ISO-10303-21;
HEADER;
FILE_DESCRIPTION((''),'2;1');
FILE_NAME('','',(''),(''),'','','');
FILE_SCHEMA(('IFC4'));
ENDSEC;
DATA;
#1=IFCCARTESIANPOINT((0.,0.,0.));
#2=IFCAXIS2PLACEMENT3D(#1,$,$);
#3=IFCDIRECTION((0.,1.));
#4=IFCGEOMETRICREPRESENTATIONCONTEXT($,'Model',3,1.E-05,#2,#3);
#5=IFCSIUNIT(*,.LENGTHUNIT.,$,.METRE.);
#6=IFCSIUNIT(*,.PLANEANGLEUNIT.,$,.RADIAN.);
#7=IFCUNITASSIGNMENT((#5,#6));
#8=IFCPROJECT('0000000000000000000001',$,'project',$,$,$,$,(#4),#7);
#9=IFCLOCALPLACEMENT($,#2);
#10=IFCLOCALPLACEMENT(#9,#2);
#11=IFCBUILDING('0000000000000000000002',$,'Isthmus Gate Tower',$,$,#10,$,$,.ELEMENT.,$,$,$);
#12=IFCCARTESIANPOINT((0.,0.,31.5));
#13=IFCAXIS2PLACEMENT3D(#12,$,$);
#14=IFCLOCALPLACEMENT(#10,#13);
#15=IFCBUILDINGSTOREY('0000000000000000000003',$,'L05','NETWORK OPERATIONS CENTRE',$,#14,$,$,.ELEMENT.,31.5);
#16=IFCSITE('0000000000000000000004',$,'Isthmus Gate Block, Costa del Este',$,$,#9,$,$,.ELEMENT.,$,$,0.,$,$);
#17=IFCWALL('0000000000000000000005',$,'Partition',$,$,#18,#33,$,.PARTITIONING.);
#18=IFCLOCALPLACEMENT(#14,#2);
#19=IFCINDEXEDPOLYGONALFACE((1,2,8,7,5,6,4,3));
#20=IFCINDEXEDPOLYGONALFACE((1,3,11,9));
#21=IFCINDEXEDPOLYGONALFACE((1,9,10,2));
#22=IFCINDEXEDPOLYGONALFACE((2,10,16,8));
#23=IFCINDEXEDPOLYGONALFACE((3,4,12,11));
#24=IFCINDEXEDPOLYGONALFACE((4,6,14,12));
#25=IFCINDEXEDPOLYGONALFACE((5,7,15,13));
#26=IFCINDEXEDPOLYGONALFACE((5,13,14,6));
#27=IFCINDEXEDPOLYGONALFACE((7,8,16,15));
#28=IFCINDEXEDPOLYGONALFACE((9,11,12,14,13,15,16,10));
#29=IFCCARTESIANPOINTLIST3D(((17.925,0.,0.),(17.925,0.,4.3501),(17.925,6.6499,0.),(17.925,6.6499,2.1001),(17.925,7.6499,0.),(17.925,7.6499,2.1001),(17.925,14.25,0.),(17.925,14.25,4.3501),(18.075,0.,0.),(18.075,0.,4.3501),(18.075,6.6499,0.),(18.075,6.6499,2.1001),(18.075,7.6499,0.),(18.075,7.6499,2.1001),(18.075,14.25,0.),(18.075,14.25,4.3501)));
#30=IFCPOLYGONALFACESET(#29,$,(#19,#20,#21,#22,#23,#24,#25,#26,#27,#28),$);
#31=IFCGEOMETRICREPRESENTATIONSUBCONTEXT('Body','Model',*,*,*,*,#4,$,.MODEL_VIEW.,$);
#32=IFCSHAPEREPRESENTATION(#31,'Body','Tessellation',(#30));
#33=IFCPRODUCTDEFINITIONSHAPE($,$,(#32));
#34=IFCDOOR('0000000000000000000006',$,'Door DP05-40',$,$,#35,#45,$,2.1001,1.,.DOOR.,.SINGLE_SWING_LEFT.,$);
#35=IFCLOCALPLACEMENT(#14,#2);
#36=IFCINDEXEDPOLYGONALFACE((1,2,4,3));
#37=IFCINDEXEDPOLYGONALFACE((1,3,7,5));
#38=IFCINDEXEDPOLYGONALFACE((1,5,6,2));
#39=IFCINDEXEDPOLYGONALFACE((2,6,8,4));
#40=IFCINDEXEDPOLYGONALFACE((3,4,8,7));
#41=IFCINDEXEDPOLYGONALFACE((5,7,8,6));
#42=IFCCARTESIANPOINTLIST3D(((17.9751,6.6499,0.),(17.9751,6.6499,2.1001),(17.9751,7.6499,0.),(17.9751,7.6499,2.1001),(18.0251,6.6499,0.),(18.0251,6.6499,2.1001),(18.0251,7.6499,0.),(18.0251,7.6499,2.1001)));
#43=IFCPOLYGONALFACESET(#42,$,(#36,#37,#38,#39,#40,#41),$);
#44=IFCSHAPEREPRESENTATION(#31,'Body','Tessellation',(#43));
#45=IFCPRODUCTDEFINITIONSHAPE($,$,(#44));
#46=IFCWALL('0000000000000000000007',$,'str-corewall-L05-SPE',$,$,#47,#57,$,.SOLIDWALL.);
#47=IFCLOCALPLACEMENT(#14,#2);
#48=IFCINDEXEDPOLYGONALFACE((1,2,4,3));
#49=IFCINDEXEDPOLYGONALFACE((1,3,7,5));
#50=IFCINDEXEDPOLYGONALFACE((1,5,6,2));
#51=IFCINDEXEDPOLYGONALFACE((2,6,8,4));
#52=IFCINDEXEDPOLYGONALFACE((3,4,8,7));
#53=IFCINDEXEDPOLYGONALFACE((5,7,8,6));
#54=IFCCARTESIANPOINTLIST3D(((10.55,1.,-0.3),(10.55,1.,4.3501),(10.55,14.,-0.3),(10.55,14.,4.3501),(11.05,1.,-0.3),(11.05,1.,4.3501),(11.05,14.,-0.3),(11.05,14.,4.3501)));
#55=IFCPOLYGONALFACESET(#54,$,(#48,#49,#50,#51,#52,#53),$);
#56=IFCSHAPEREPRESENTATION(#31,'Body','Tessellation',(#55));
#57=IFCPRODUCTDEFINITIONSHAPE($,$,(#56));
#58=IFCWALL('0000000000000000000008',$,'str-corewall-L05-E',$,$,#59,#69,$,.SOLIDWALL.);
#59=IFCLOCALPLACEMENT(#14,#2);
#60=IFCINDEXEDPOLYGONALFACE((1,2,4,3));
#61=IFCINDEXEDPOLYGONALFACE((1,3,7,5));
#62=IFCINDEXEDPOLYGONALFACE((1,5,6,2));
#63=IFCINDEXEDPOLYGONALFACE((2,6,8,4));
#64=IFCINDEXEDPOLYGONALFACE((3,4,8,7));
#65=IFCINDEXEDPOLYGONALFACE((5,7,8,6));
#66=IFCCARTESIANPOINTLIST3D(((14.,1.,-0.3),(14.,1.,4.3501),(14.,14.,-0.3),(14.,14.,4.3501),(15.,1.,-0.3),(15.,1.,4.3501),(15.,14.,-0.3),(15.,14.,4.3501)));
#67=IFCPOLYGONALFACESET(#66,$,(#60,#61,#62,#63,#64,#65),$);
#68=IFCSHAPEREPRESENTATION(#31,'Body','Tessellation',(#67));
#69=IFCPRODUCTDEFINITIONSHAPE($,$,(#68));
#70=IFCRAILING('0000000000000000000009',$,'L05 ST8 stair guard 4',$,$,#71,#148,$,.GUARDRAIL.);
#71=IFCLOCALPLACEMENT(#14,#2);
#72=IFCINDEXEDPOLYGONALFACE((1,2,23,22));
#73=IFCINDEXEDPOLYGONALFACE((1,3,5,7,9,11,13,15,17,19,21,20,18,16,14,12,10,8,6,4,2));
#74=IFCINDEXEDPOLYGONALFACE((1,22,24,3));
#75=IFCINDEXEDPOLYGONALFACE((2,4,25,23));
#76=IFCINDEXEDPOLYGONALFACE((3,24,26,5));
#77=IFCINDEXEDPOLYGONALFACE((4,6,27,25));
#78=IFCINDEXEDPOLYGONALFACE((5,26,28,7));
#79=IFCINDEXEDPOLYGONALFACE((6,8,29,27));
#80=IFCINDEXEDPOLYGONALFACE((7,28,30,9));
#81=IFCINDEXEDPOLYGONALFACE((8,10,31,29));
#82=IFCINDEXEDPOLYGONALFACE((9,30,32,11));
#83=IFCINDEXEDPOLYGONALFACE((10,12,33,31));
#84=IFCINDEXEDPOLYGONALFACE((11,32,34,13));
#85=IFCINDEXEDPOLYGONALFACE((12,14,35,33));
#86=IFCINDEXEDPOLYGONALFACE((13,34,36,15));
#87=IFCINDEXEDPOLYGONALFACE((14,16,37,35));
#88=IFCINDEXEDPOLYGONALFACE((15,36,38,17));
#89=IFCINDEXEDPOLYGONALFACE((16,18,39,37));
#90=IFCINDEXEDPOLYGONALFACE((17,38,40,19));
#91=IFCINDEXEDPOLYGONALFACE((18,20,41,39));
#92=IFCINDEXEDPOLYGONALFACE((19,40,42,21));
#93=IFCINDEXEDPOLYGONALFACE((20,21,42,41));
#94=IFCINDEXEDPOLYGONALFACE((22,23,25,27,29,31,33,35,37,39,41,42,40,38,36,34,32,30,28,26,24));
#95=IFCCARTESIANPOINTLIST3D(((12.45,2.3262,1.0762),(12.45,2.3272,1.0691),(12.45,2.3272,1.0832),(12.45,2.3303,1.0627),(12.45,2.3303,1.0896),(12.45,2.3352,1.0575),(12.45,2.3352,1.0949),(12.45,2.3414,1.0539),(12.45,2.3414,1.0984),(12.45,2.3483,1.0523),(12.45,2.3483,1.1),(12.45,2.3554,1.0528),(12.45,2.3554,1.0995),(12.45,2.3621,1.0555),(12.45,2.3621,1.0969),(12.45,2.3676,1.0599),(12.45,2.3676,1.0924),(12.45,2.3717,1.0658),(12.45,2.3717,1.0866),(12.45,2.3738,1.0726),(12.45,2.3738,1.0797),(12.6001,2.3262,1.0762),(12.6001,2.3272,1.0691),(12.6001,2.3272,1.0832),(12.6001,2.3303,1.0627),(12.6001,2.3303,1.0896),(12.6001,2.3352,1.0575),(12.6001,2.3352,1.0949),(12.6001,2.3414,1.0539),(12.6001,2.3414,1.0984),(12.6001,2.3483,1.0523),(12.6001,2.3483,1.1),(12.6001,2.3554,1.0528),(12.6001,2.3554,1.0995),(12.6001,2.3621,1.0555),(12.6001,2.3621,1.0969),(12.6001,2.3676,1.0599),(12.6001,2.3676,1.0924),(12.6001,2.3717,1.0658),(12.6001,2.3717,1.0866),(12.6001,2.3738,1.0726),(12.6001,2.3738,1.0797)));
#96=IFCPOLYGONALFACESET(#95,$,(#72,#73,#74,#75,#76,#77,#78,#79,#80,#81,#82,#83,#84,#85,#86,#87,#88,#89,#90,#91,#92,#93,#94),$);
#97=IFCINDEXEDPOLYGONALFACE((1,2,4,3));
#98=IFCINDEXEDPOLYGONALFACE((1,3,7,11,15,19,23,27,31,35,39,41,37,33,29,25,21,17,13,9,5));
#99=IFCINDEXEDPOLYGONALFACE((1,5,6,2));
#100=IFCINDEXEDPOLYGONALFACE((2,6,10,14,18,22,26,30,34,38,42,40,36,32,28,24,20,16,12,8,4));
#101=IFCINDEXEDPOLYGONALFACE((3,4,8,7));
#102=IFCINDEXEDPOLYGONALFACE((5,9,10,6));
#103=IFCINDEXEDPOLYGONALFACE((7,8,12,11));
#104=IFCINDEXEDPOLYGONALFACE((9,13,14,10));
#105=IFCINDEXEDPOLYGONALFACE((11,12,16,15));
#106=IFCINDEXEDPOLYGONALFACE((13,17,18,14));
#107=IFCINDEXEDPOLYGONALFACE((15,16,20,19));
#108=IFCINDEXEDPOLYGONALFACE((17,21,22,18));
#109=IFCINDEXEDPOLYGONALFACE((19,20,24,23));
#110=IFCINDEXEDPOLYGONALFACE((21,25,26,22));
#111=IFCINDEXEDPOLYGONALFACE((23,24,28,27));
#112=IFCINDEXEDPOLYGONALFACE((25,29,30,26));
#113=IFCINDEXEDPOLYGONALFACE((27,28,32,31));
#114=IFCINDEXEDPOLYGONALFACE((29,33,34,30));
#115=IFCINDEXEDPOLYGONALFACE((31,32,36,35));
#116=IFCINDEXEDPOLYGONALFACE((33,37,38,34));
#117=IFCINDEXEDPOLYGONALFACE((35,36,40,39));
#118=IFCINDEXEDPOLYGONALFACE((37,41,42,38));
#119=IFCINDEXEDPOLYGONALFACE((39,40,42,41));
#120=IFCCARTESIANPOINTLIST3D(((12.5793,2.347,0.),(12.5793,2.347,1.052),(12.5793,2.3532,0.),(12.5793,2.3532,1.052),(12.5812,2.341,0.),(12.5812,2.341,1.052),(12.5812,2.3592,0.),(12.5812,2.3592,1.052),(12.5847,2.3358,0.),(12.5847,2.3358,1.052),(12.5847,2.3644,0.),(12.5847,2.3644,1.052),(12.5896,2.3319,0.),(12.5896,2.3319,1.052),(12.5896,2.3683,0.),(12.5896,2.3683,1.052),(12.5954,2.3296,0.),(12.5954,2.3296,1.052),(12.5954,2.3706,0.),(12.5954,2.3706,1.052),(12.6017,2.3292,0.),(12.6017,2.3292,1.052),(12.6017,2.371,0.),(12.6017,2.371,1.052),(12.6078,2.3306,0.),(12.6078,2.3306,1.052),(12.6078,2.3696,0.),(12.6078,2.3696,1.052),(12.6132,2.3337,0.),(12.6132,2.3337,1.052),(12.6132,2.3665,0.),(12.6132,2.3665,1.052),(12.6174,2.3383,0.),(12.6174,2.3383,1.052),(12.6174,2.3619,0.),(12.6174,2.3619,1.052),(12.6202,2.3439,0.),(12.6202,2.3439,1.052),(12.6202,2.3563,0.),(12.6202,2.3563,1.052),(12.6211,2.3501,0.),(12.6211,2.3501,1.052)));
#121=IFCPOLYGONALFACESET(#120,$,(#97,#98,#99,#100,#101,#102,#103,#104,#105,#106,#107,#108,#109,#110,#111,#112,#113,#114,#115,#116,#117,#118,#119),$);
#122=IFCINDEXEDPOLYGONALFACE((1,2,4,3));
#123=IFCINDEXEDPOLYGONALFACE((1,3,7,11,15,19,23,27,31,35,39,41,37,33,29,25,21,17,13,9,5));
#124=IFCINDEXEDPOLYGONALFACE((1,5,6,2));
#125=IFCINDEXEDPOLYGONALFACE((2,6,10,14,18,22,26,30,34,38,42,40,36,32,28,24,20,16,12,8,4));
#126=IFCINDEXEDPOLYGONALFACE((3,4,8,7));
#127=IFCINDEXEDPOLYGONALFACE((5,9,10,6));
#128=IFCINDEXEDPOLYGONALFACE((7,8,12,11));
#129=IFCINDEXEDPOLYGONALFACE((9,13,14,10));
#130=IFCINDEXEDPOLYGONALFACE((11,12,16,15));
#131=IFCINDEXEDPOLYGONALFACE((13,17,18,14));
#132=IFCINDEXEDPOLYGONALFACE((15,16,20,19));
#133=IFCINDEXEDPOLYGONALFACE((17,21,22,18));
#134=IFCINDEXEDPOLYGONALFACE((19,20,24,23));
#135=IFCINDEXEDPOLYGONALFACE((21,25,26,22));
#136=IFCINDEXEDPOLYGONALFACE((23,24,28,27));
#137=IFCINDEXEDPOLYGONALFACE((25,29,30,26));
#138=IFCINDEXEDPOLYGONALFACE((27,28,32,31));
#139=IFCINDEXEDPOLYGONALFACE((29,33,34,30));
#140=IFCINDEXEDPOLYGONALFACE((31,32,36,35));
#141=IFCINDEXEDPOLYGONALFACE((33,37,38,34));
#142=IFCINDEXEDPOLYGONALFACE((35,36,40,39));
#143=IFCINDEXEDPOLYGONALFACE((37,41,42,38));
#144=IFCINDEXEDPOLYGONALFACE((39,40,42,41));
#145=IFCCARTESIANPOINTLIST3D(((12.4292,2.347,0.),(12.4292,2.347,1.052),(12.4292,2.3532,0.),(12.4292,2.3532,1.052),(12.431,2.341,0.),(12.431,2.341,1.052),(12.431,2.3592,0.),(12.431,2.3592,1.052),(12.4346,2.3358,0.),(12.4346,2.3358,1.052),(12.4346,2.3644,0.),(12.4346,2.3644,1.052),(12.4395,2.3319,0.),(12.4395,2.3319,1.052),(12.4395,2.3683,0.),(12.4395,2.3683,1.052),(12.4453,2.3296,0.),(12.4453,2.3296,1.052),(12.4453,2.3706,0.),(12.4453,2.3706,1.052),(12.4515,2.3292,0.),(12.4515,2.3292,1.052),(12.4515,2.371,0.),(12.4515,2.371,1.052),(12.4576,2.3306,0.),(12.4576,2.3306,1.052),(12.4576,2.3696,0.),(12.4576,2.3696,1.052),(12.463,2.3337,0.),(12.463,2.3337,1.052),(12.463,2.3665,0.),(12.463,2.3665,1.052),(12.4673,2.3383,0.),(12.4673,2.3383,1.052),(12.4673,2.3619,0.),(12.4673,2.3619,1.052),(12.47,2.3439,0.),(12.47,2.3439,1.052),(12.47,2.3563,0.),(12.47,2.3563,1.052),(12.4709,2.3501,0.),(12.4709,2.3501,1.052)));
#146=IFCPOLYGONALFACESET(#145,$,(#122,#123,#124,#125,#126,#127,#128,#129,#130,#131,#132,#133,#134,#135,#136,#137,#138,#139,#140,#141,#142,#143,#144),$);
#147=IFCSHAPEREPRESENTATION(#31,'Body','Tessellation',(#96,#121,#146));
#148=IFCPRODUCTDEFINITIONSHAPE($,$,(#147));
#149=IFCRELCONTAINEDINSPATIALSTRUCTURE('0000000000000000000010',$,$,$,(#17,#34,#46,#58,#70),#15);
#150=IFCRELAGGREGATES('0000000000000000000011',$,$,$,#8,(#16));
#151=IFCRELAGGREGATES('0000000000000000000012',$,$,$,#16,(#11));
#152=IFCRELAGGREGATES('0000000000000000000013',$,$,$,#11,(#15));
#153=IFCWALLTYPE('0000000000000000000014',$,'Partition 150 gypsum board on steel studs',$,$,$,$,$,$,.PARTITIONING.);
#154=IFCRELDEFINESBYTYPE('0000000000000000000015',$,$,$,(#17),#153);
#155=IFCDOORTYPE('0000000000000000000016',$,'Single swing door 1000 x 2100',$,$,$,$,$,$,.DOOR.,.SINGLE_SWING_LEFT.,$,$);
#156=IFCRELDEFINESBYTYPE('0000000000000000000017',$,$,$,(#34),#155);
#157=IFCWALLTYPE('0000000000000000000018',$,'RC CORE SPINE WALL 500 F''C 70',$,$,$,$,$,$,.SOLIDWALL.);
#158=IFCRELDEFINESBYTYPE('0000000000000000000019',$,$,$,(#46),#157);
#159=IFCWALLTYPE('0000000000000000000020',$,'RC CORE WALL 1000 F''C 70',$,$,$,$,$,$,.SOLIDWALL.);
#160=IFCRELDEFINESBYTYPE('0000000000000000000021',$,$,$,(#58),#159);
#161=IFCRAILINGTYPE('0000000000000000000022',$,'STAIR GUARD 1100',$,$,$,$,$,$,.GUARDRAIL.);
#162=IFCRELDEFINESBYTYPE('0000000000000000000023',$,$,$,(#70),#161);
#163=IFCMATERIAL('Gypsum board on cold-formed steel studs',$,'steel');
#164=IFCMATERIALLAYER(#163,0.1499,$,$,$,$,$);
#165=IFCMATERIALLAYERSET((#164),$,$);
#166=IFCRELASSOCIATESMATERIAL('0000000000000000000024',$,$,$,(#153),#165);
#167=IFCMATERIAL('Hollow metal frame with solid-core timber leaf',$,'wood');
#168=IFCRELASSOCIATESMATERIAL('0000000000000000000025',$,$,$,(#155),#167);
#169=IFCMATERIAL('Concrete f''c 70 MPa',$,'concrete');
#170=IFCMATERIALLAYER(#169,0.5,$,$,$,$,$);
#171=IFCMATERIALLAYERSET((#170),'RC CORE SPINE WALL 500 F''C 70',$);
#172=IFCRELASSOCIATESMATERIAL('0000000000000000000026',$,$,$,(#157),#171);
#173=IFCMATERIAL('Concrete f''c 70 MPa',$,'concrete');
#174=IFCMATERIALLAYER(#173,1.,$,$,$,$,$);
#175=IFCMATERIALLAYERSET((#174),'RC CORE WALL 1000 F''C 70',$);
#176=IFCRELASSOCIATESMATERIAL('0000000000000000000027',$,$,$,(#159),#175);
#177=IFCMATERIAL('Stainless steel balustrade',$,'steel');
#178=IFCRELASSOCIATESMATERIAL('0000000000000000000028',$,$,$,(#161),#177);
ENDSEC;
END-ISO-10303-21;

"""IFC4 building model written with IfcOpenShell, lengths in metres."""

from ifc_helpers import new_model, si_unit, direction, frame, frame_2d, origin, origin_2d, place, context, subcontext, project, spatial, rectangle, circle, extrude, material, layer, layer_set, type_object, element, fill, save


model = new_model("IFC4")

# Units and contexts
model_context = context("Model", 3, precision=1e-05, world=origin(), true_north=direction((0.0, 1.0)))
body_context = subcontext(model_context, "Body", "Model", "MODEL_VIEW")
ifc_project = project(units=[si_unit("LENGTHUNIT", "METRE"), si_unit("PLANEANGLEUNIT", "RADIAN")], contexts=[model_context])

# Site, building, storey
site_placement = place(None, origin())
site = spatial("IfcSite", under=ifc_project, at=site_placement, Name="Isthmus Gate Block, Costa del Este", CompositionType="ELEMENT", RefElevation=0.0)
building_placement = place(site_placement, origin())
building = spatial("IfcBuilding", under=site, at=building_placement, Name="Isthmus Gate Tower", CompositionType="ELEMENT")
storey_placement = place(building_placement, frame((0.0, 0.0, 31.5)))
storey = spatial("IfcBuildingStorey", under=building, at=storey_placement, Name="L05", Description="NETWORK OPERATIONS CENTRE", CompositionType="ELEMENT", Elevation=31.5)

# Shared definitions
ifc_material_1 = material(Name="Gypsum board on cold-formed steel studs", Category="steel")
ifc_layer_1 = layer(ifc_material_1, 0.1499)
ifc_layer_set_1 = layer_set([ifc_layer_1])
wall_type_1 = type_object("IfcWallType", Name="Partition 150 gypsum board on steel studs", PredefinedType="PARTITIONING", material=ifc_layer_set_1)
ifc_material_2 = material(Name="Hollow metal frame with solid-core timber leaf", Category="wood")
door_type = type_object("IfcDoorType", Name="Single swing door 1000 x 2100", OperationType="SINGLE_SWING_LEFT", PredefinedType="DOOR", material=ifc_material_2)

# Wall, opening, door
wall_1_placement = place(storey_placement, frame((18.0, 0.0, 0.0), z_axis=(0.0, 0.0, 1.0), x_axis=(0.0, 1.0, 0.0)))
wall_1 = element("IfcWall", 1, at=wall_1_placement, inside=storey, type_object=wall_type_1, Name="Partition", PredefinedType="PARTITIONING", context=body_context, shape_type="SweptSolid", body=[
    extrude(rectangle(XDim=14.25, YDim=0.1499, at=frame_2d((7.125, 0.0))), origin(), (0.0, 0.0, 1.0), 4.3501),
])
opening_1_placement = place(wall_1_placement, frame((6.6499, 0.0, 0.0)))
opening_1 = element("IfcOpeningElement", 2, at=opening_1_placement, cuts=wall_1, PredefinedType="OPENING", context=body_context, shape_type="SweptSolid", body=[
    extrude(rectangle(XDim=1.0, YDim=2.1001, at=frame_2d((0.5, 1.05))), frame((0.0, 0.085, 0.0), z_axis=(0.0, -1.0, 0.0), x_axis=(1.0, 0.0, 0.0)), (0.0, 0.0, 1.0), 0.1699),
])
door_1_placement = place(opening_1_placement, origin())
door_1 = element("IfcDoor", 3, at=door_1_placement, inside=storey, type_object=door_type, Name="Door DP05-40", OperationType="SINGLE_SWING_LEFT", OverallHeight=2.1001, OverallWidth=1.0, PredefinedType="DOOR", context=body_context, shape_type="SweptSolid", body=[
    extrude(rectangle(XDim=1.0, YDim=2.1001, at=frame_2d((0.5, 1.05))), frame((0.0, 0.0249, 0.0), z_axis=(0.0, -1.0, 0.0), x_axis=(1.0, 0.0, 0.0)), (0.0, 0.0, 1.0), 0.05),
])
fill(opening_1, door_1)

# Walls
ifc_material_3 = material(Name="Concrete f'c 70 MPa", Category="concrete")
ifc_layer_2 = layer(ifc_material_3, 0.5)
ifc_layer_set_2 = layer_set([ifc_layer_2], Name="RC CORE SPINE WALL 500 F'C 70")
wall_type_2 = type_object("IfcWallType", Name="RC CORE SPINE WALL 500 F'C 70", PredefinedType="SOLIDWALL", material=ifc_layer_set_2)
wall_2_placement = place(storey_placement, frame((10.8, 1.0, -0.3), z_axis=(0.0, 0.0, 1.0), x_axis=(0.0, 1.0, 0.0)))
element("IfcWall", 4, at=wall_2_placement, inside=storey, type_object=wall_type_2, Name="str-corewall-L05-SPE", PredefinedType="SOLIDWALL", context=body_context, shape_type="SweptSolid", body=[
    extrude(rectangle(XDim=13.0, YDim=0.5, at=frame_2d((6.5, 0.0))), origin(), (0.0, 0.0, 1.0), 4.6501),
])
ifc_material_4 = material(Name="Concrete f'c 70 MPa", Category="concrete")
ifc_layer_3 = layer(ifc_material_4, 1.0)
ifc_layer_set_3 = layer_set([ifc_layer_3], Name="RC CORE WALL 1000 F'C 70")
wall_type_3 = type_object("IfcWallType", Name="RC CORE WALL 1000 F'C 70", PredefinedType="SOLIDWALL", material=ifc_layer_set_3)
wall_3_placement = place(storey_placement, frame((14.5, 1.0, -0.3), z_axis=(0.0, 0.0, 1.0), x_axis=(0.0, 1.0, 0.0)))
element("IfcWall", 5, at=wall_3_placement, inside=storey, type_object=wall_type_3, Name="str-corewall-L05-E", PredefinedType="SOLIDWALL", context=body_context, shape_type="SweptSolid", body=[
    extrude(rectangle(XDim=13.0, YDim=1.0, at=frame_2d((6.5, 0.0))), origin(), (0.0, 0.0, 1.0), 4.6501),
])

# Railing
ifc_material_5 = material(Name="Stainless steel balustrade", Category="steel")
railing_type = type_object("IfcRailingType", Name="STAIR GUARD 1100", PredefinedType="GUARDRAIL", material=ifc_material_5)
railing_placement = place(storey_placement, frame((12.6001, 2.3501, 0.0)))
element("IfcRailing", 6, at=railing_placement, inside=storey, type_object=railing_type, Name="L05 ST8 stair guard 4", PredefinedType="GUARDRAIL", context=body_context, shape_type="SweptSolid", body=[
    extrude(circle(Radius=0.0239, at=origin_2d()), frame((0.0, 0.0, 1.0762), z_axis=(-1.0, 0.0, 0.0), x_axis=(0.0, -1.0, 0.0)), (0.0, 0.0, 1.0), 0.1501),
    extrude(circle(Radius=0.021, at=origin_2d()), origin(), (0.0, 0.0, 1.0), 1.052),
    extrude(circle(Radius=0.021, at=origin_2d()), frame((-0.1501, 0.0, 0.0)), (0.0, 0.0, 1.0), 1.052),
])

save(model, "model.ifc")
